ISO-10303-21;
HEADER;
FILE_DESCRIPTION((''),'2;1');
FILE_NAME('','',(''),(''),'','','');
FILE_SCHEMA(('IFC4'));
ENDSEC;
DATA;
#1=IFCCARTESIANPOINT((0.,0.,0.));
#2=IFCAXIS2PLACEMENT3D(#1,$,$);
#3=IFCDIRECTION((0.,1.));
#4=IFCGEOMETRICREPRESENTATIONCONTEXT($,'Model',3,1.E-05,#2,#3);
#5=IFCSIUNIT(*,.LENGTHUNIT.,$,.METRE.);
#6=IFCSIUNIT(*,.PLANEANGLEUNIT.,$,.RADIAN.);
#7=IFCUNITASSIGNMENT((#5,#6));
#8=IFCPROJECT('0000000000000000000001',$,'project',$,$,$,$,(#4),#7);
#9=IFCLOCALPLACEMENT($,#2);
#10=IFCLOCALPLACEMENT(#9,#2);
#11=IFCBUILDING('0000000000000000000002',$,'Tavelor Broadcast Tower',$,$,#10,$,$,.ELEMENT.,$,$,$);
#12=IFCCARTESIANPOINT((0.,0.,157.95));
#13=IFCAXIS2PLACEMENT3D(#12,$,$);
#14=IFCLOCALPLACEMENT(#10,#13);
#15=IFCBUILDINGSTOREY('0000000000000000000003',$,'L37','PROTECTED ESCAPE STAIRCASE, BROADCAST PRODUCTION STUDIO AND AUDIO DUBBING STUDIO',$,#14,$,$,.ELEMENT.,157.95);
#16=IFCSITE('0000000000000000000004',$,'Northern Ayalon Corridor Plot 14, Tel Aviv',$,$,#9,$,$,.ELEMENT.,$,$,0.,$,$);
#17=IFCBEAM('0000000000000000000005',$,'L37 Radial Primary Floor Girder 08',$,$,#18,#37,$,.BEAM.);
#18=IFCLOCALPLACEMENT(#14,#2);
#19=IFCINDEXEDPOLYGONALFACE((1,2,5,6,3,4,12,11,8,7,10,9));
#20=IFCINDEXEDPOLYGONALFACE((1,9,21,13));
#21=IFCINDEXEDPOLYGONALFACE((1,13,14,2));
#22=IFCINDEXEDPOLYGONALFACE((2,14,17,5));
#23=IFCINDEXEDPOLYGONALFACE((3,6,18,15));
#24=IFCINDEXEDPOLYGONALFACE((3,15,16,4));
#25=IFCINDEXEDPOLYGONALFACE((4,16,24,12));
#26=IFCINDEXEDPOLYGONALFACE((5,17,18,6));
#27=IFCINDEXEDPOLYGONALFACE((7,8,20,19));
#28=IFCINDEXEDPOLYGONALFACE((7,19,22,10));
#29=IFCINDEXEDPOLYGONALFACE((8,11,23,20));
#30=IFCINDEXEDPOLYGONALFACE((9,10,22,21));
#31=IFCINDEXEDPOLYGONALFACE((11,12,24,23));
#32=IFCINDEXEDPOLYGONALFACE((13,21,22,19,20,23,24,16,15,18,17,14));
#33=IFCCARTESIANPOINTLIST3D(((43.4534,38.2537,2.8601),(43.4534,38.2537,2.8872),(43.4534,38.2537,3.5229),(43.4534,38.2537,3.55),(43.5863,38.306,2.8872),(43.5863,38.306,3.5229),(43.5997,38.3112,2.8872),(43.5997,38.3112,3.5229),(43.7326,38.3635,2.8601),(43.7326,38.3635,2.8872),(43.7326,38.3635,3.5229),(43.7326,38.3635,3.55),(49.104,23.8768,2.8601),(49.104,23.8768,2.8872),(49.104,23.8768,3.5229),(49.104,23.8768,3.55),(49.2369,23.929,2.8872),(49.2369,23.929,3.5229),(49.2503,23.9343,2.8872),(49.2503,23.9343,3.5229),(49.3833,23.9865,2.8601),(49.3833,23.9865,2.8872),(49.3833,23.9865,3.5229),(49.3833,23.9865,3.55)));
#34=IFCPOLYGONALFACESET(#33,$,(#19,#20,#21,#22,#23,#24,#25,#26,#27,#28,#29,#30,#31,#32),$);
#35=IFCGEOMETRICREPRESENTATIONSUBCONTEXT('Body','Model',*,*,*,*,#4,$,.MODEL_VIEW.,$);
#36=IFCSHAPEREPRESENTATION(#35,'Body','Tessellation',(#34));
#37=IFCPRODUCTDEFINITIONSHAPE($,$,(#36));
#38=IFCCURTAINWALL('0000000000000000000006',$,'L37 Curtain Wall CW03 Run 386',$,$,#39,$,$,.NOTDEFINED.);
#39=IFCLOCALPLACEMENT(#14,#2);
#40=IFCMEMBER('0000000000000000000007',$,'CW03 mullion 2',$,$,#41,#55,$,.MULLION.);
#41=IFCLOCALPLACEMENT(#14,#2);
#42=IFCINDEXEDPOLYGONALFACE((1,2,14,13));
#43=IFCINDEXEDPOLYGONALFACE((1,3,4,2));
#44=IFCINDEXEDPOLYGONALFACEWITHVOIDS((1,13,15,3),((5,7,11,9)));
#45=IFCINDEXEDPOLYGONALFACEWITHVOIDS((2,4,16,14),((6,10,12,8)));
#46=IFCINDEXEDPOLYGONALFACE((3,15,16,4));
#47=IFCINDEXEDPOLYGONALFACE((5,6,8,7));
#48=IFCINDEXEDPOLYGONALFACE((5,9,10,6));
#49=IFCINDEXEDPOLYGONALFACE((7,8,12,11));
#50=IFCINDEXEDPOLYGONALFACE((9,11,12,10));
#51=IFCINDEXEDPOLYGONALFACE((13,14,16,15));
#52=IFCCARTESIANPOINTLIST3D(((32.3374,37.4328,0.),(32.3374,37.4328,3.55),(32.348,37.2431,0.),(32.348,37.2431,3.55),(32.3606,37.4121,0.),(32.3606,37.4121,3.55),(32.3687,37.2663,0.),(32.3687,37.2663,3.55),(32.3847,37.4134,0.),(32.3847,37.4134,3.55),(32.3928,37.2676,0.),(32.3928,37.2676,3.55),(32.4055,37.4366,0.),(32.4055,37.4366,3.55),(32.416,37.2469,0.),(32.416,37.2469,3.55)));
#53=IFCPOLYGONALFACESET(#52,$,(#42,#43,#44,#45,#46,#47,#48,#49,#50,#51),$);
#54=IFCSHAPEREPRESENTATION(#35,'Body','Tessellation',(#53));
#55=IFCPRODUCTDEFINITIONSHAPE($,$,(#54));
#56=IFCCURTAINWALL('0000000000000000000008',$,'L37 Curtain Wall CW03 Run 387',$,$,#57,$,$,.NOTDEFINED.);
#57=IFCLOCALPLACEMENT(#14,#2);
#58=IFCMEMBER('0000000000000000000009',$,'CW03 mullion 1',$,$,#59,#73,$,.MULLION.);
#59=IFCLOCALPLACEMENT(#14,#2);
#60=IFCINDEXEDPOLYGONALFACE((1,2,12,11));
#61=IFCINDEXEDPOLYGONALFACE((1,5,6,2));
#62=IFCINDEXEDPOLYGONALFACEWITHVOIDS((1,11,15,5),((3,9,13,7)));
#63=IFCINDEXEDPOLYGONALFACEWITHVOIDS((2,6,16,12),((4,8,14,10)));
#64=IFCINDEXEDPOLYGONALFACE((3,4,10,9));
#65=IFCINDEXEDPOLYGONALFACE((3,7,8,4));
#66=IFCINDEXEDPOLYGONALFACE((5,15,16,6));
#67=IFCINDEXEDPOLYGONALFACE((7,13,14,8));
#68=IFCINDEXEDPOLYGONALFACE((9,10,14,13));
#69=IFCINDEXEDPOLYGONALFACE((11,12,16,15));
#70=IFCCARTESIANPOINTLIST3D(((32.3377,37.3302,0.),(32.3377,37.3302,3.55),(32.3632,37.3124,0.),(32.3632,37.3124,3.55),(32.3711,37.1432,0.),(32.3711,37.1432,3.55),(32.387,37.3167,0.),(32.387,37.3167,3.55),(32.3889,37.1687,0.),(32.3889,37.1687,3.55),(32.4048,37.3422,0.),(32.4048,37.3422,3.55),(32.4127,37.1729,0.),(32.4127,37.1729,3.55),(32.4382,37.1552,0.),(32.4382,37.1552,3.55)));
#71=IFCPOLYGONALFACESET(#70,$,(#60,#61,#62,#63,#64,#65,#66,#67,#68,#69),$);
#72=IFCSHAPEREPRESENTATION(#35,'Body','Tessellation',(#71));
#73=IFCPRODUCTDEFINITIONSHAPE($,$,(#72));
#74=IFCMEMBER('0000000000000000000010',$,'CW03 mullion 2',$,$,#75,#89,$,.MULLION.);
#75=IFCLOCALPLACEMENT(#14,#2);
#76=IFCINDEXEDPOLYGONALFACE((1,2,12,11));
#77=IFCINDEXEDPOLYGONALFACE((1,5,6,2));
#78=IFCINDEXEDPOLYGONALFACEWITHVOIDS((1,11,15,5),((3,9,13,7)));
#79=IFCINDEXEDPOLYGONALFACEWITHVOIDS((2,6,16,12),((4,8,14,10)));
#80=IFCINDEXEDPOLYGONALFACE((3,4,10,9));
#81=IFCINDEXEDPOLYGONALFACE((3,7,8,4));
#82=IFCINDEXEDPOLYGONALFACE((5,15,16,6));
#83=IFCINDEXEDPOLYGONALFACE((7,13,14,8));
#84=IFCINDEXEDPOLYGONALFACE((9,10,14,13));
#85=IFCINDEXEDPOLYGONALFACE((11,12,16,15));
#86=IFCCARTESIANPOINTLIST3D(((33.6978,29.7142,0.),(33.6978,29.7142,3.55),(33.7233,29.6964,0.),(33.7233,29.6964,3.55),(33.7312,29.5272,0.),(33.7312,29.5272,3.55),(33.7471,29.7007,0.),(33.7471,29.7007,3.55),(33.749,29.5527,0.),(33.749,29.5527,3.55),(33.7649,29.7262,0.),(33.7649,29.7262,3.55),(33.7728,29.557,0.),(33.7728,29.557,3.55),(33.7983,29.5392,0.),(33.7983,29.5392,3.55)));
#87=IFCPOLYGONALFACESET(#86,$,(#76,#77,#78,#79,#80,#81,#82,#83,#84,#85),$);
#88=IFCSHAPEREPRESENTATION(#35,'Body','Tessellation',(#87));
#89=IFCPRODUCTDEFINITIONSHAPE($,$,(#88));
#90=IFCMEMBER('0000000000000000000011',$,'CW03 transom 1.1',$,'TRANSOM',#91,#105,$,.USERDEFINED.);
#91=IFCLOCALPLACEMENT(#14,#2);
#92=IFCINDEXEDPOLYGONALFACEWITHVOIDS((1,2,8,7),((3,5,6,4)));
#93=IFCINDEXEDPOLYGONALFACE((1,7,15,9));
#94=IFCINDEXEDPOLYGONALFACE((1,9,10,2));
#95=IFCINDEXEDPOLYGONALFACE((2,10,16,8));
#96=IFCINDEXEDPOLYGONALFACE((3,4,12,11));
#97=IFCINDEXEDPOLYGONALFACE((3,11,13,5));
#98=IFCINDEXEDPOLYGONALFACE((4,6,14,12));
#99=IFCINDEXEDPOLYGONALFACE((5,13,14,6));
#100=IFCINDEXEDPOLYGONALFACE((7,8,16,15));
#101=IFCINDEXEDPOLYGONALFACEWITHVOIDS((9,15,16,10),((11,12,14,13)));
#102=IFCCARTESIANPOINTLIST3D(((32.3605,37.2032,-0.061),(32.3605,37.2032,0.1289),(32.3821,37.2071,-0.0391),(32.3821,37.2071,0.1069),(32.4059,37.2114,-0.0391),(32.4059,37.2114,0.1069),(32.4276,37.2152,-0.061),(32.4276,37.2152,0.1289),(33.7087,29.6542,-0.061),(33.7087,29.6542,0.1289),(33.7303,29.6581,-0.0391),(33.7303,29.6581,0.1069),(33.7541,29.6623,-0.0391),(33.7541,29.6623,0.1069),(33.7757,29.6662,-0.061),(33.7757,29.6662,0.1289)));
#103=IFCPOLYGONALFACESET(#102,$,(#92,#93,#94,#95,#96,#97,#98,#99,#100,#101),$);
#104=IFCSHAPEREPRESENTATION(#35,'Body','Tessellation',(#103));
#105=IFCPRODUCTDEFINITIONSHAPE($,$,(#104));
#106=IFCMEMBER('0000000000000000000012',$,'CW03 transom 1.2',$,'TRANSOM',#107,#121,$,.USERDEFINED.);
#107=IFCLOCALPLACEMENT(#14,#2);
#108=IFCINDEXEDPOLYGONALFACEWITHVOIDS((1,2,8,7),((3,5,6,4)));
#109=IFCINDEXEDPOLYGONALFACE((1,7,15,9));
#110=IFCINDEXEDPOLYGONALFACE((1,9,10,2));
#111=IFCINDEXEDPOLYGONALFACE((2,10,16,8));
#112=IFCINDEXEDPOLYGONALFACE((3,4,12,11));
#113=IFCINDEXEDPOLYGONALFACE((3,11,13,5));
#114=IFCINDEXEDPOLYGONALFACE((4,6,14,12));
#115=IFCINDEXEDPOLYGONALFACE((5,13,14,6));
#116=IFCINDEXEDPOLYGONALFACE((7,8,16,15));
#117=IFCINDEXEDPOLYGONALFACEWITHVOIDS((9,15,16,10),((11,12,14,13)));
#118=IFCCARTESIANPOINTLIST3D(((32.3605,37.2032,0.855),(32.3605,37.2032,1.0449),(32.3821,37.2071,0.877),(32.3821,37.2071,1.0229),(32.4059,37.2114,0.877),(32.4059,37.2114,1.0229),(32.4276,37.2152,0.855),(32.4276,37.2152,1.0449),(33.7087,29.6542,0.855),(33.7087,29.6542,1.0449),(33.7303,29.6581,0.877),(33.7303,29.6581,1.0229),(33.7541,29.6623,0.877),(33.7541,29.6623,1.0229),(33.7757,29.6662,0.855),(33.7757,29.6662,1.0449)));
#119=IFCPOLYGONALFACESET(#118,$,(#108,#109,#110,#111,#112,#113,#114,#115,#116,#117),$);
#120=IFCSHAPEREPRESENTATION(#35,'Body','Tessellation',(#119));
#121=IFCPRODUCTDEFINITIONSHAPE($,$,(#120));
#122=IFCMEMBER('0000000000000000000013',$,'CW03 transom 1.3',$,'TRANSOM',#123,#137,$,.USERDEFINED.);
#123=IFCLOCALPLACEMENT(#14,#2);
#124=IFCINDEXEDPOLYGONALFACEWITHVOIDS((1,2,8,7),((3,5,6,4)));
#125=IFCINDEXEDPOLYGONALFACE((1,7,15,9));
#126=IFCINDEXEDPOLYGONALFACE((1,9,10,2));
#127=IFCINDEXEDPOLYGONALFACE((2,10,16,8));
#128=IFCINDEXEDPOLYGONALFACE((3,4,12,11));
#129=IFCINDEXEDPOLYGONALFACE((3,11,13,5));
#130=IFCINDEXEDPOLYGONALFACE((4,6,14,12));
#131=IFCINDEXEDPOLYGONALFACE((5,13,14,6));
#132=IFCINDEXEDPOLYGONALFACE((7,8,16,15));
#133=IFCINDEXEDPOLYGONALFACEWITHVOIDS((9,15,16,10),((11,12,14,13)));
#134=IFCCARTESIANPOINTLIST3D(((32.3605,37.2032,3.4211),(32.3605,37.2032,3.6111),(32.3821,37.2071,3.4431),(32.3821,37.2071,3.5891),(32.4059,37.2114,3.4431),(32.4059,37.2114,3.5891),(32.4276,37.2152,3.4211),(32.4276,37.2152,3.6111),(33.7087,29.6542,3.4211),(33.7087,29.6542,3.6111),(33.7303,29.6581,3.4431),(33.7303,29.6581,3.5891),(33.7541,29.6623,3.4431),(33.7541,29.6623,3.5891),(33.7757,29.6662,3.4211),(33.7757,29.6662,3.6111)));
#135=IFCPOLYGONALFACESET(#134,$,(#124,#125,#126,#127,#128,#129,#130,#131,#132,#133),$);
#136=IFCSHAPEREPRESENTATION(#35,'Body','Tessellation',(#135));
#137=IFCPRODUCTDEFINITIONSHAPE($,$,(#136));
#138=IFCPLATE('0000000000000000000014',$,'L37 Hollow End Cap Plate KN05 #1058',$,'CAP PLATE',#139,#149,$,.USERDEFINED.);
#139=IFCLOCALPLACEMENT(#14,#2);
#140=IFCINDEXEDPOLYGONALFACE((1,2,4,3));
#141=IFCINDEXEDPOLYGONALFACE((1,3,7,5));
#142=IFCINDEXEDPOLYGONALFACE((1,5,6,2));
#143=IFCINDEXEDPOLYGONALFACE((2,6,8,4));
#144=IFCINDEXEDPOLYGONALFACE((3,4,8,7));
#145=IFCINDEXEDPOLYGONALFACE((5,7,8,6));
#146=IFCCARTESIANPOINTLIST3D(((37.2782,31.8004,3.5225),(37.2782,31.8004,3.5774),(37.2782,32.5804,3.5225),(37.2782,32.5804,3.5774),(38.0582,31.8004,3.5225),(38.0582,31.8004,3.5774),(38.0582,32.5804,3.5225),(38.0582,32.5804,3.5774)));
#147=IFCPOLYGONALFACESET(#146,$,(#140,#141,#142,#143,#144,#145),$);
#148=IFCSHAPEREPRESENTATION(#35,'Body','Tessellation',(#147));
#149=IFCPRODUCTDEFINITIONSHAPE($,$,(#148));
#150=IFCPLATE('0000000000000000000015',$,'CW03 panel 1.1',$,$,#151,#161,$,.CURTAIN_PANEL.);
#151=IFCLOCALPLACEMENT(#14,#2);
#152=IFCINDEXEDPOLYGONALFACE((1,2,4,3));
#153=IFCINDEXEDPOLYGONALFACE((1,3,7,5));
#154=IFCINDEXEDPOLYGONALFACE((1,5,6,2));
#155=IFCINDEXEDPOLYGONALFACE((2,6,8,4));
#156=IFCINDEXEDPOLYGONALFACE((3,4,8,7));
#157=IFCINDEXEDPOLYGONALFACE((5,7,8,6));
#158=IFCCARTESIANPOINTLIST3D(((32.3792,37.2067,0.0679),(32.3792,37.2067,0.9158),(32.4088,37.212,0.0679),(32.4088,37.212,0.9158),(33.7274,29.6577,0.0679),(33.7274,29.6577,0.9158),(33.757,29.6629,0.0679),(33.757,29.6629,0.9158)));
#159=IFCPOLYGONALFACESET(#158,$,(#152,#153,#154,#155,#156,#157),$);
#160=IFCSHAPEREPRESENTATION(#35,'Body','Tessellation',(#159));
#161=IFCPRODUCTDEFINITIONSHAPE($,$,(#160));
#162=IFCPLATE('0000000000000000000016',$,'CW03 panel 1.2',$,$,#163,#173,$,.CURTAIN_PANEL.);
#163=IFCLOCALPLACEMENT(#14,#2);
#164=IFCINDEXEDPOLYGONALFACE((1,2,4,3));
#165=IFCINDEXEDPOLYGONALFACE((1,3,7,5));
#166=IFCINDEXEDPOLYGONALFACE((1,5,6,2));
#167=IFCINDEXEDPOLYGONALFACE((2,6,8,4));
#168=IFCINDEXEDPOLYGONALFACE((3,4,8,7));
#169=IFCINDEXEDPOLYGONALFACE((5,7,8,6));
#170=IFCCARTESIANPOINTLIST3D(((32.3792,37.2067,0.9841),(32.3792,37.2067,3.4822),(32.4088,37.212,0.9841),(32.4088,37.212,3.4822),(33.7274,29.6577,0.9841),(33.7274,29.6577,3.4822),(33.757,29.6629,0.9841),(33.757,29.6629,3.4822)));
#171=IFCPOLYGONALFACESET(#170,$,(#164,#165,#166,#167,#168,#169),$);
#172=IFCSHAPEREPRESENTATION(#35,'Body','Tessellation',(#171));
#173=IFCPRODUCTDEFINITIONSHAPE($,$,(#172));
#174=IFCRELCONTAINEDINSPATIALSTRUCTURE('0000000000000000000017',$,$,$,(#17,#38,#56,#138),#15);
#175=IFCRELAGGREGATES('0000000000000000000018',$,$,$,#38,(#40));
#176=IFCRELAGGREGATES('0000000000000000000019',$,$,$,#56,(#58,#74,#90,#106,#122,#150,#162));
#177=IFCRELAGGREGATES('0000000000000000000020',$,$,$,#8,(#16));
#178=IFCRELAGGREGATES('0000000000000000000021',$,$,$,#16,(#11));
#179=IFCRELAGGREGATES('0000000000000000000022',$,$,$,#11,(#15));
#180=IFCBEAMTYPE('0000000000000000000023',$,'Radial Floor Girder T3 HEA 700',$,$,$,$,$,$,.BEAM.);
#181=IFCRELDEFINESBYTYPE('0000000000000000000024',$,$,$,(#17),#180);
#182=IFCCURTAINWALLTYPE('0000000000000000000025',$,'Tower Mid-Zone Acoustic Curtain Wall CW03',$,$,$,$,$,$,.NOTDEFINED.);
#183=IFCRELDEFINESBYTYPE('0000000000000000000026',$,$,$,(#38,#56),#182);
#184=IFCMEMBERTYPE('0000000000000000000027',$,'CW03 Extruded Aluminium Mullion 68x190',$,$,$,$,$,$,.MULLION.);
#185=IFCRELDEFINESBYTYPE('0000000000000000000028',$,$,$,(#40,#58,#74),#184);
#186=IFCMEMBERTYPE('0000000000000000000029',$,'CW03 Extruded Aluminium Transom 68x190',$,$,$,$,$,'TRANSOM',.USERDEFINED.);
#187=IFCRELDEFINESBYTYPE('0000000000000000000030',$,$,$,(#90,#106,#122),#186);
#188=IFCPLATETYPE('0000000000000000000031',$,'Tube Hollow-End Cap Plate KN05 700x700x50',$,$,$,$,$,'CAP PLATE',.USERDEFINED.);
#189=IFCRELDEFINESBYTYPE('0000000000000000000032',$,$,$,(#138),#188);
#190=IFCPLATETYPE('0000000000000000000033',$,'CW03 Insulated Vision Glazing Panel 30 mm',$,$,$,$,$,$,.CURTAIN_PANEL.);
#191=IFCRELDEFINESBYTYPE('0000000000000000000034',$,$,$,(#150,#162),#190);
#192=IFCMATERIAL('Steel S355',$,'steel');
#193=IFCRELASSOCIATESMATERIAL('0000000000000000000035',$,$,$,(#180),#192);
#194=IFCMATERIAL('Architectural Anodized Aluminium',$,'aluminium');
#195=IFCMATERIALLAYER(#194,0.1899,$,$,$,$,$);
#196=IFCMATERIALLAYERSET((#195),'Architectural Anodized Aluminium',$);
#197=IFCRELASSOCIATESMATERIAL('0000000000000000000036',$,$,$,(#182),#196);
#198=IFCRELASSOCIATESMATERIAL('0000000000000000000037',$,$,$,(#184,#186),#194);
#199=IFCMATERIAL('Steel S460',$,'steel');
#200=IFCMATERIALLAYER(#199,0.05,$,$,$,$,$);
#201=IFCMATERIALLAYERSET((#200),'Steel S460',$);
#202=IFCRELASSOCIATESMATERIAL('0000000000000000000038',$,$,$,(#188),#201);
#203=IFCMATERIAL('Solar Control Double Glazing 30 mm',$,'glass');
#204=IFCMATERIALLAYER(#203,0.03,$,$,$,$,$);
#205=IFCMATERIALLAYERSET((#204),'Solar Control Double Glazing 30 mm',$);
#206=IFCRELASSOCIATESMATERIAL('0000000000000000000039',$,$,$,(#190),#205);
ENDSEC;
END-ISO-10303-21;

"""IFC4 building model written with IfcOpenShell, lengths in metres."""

from ifc_helpers import new_model, si_unit, direction, frame, origin, origin_2d, place, context, subcontext, project, spatial, rectangle, hollow_rectangle, i_section, extrude, source, transform, mapped, material, layer, layer_set, material_profile, profile_set, type_object, type_shapes, element, aggregate, save


model = new_model("IFC4")

# Units and contexts
model_context = context("Model", 3, precision=1e-05, world=origin(), true_north=direction((0.0, 1.0)))
body_context = subcontext(model_context, "Body", "Model", "MODEL_VIEW")
ifc_project = project(units=[si_unit("LENGTHUNIT", "METRE"), si_unit("PLANEANGLEUNIT", "RADIAN")], contexts=[model_context])

# Site, building, storey
site_placement = place(None, origin())
site = spatial("IfcSite", under=ifc_project, at=site_placement, Name="Northern Ayalon Corridor Plot 14, Tel Aviv", CompositionType="ELEMENT", RefElevation=0.0)
building_placement = place(site_placement, origin())
building = spatial("IfcBuilding", under=site, at=building_placement, Name="Tavelor Broadcast Tower", CompositionType="ELEMENT")
storey_placement = place(building_placement, frame((0.0, 0.0, 157.95)))
storey = spatial("IfcBuildingStorey", under=building, at=storey_placement, Name="L37", Description="PROTECTED ESCAPE STAIRCASE, BROADCAST PRODUCTION STUDIO AND AUDIO DUBBING STUDIO", CompositionType="ELEMENT", Elevation=157.95)

# Shared definitions
ifc_material_1 = material(Name="Steel S460", Category="steel")

# Beam
ifc_material_2 = material(Name="Steel S355", Category="steel")
ifc_material_profile_1 = material_profile(ifc_material_2, i_section(OverallWidth=0.3, OverallDepth=0.6899, WebThickness=0.0144, FlangeThickness=0.0271, at=origin_2d()), Name="HEA 700")
ifc_profile_set_1 = profile_set([ifc_material_profile_1], Name="Steel S355")
beam_type_1 = type_object("IfcBeamType", Name="Radial Floor Girder T3 HEA 700", PredefinedType="BEAM", material=ifc_profile_set_1)
beam_1_placement = place(storey_placement, frame((43.593, 38.3086, 3.2051), z_axis=(0.365795, -0.930695, 0.0), x_axis=(0.930695, 0.365795, 0.0)))
element("IfcBeam", 1, at=beam_1_placement, inside=storey, type_object=beam_type_1, Name="L37 Radial Primary Floor Girder 08", PredefinedType="BEAM", context=body_context, shape_type="SweptSolid", body=[
    extrude(i_section(OverallWidth=0.3, OverallDepth=0.6899, WebThickness=0.0144, FlangeThickness=0.0271, at=origin_2d()), origin(), (0.0, 0.0, 1.0), 15.4475),
])

# Curtain wall, member
ifc_material_3 = material(Name="Architectural Anodized Aluminium", Category="aluminium")
ifc_layer_1 = layer(ifc_material_3, 0.1899)
ifc_layer_set_1 = layer_set([ifc_layer_1], Name="Architectural Anodized Aluminium")
curtain_wall_type = type_object("IfcCurtainWallType", Name="Tower Mid-Zone Acoustic Curtain Wall CW03", PredefinedType="NOTDEFINED", material=ifc_layer_set_1)
curtain_wall_1_placement = place(storey_placement, origin())
curtain_wall_1 = element("IfcCurtainWall", 2, at=curtain_wall_1_placement, inside=storey, type_object=curtain_wall_type, Name="L37 Curtain Wall CW03 Run 386", PredefinedType="NOTDEFINED")
ifc_material_profile_2 = material_profile(ifc_material_3, hollow_rectangle(XDim=0.0681, YDim=0.1899, WallThickness=0.022, at=origin_2d()), Name="RHS 68x190x22")
ifc_profile_set_2 = profile_set([ifc_material_profile_2], Name="Architectural Anodized Aluminium")
member_type_1 = type_object("IfcMemberType", Name="CW03 Extruded Aluminium Mullion 68x190", PredefinedType="MULLION", material=ifc_profile_set_2)
shared_shape_1 = source(origin(), body_context, "Body", "SweptSolid", [
    extrude(hollow_rectangle(XDim=0.0681, YDim=0.1899, WallThickness=0.022, at=origin_2d()), origin(), (0.0, 0.0, 1.0), 3.55),
])
type_shapes(member_type_1, [shared_shape_1])
member_1_placement = place(storey_placement, frame((32.3767, 37.3398, 0.0), z_axis=(0.0, 0.0, 1.0), x_axis=(0.998465, 0.055391, 0.0)))
member_1 = element("IfcMember", 3, at=member_1_placement, type_object=member_type_1, Name="CW03 mullion 2", PredefinedType="MULLION", context=body_context, shape_type="MappedRepresentation", body=[
    mapped(shared_shape_1, transform((0.0, 0.0, 0.0), scale=1.0)),
])
aggregate(curtain_wall_1, [member_1])

# Curtain wall, members
curtain_wall_2_placement = place(storey_placement, origin())
curtain_wall_2 = element("IfcCurtainWall", 4, at=curtain_wall_2_placement, inside=storey, type_object=curtain_wall_type, Name="L37 Curtain Wall CW03 Run 387", PredefinedType="NOTDEFINED")
member_2_placement = place(storey_placement, frame((32.3879, 37.2427, 0.0), z_axis=(0.0, 0.0, 1.0), x_axis=(0.984425, 0.175807, 0.0)))
member_2 = element("IfcMember", 5, at=member_2_placement, type_object=member_type_1, Name="CW03 mullion 1", PredefinedType="MULLION", context=body_context, shape_type="MappedRepresentation", body=[
    mapped(shared_shape_1, transform((0.0, 0.0, 0.0), scale=1.0)),
])
member_3_placement = place(storey_placement, frame((33.748, 29.6267, 0.0), z_axis=(0.0, 0.0, 1.0), x_axis=(0.984425, 0.175807, 0.0)))
member_3 = element("IfcMember", 6, at=member_3_placement, type_object=member_type_1, Name="CW03 mullion 2", PredefinedType="MULLION", context=body_context, shape_type="MappedRepresentation", body=[
    mapped(shared_shape_1, transform((0.0, 0.0, 0.0), scale=1.0)),
])
ifc_material_profile_3 = material_profile(ifc_material_3, hollow_rectangle(XDim=0.0681, YDim=0.1899, WallThickness=0.022, at=origin_2d()), Name="RHS 68x190x22")
ifc_profile_set_3 = profile_set([ifc_material_profile_3], Name="Architectural Anodized Aluminium")
member_type_2 = type_object("IfcMemberType", Name="CW03 Extruded Aluminium Transom 68x190", ElementType="TRANSOM", PredefinedType="USERDEFINED", material=ifc_profile_set_3)
shared_shape_2 = source(origin(), body_context, "Body", "SweptSolid", [
    extrude(hollow_rectangle(XDim=0.0681, YDim=0.1899, WallThickness=0.022, at=origin_2d()), origin(), (0.0, 0.0, 1.0), 7.6685),
])
type_shapes(member_type_2, [shared_shape_2])
member_4_placement = place(storey_placement, frame((32.394, 37.2092, 0.0339), z_axis=(0.175803, -0.984425, 0.0), x_axis=(0.984425, 0.175803, 0.0)))
member_4 = element("IfcMember", 7, at=member_4_placement, type_object=member_type_2, Name="CW03 transom 1.1", ObjectType="TRANSOM", PredefinedType="USERDEFINED", context=body_context, shape_type="MappedRepresentation", body=[
    mapped(shared_shape_2, transform((0.0, 0.0, 0.0), scale=1.0)),
])
member_5_placement = place(storey_placement, frame((32.394, 37.2092, 0.95), z_axis=(0.175803, -0.984425, 0.0), x_axis=(0.984425, 0.175803, 0.0)))
member_5 = element("IfcMember", 8, at=member_5_placement, type_object=member_type_2, Name="CW03 transom 1.2", ObjectType="TRANSOM", PredefinedType="USERDEFINED", context=body_context, shape_type="MappedRepresentation", body=[
    mapped(shared_shape_2, transform((0.0, 0.0, 0.0), scale=1.0)),
])
member_6_placement = place(storey_placement, frame((32.394, 37.2092, 3.5161), z_axis=(0.175803, -0.984425, 0.0), x_axis=(0.984425, 0.175803, 0.0)))
member_6 = element("IfcMember", 9, at=member_6_placement, type_object=member_type_2, Name="CW03 transom 1.3", ObjectType="TRANSOM", PredefinedType="USERDEFINED", context=body_context, shape_type="MappedRepresentation", body=[
    mapped(shared_shape_2, transform((0.0, 0.0, 0.0), scale=1.0)),
])

# Plates
ifc_layer_2 = layer(ifc_material_1, 0.05)
ifc_layer_set_2 = layer_set([ifc_layer_2], Name="Steel S460")
plate_type_1 = type_object("IfcPlateType", Name="Tube Hollow-End Cap Plate KN05 700x700x50", ElementType="CAP PLATE", PredefinedType="USERDEFINED", material=ifc_layer_set_2)
shared_shape_3 = source(origin(), body_context, "Body", "SweptSolid", [
    extrude(rectangle(XDim=0.78, YDim=0.78, at=origin_2d()), origin(), (0.0, 0.0, 1.0), 0.0549),
])
type_shapes(plate_type_1, [shared_shape_3])
plate_1_placement = place(storey_placement, frame((37.6682, 32.1904, 3.5225), z_axis=(0.0, 0.0, 1.0), x_axis=(1.0, 0.0, 0.0)))
element("IfcPlate", 10, at=plate_1_placement, inside=storey, type_object=plate_type_1, Name="L37 Hollow End Cap Plate KN05 #1058", ObjectType="CAP PLATE", PredefinedType="USERDEFINED", context=body_context, shape_type="MappedRepresentation", body=[
    mapped(shared_shape_3, transform((0.0, 0.0, 0.0), scale=1.0)),
])
ifc_material_4 = material(Name="Solar Control Double Glazing 30 mm", Category="glass")
ifc_layer_3 = layer(ifc_material_4, 0.03)
ifc_layer_set_3 = layer_set([ifc_layer_3], Name="Solar Control Double Glazing 30 mm")
plate_type_2 = type_object("IfcPlateType", Name="CW03 Insulated Vision Glazing Panel 30 mm", PredefinedType="CURTAIN_PANEL", material=ifc_layer_set_3)
shared_shape_4 = source(origin(), body_context, "Body", "SweptSolid", [
    extrude(rectangle(XDim=7.6685, YDim=0.03, at=origin_2d()), origin(), (0.0, 0.0, 1.0), 0.8479),
])
plate_2_placement = place(storey_placement, frame((33.0681, 33.4348, 0.0679), z_axis=(0.0, 0.0, 1.0), x_axis=(0.175807, -0.984425, 0.0)))
plate_2 = element("IfcPlate", 11, at=plate_2_placement, type_object=plate_type_2, Name="CW03 panel 1.1", PredefinedType="CURTAIN_PANEL", context=body_context, shape_type="MappedRepresentation", body=[
    mapped(shared_shape_4, transform((0.0, 0.0, 0.0), scale=1.0)),
])
shared_shape_5 = source(origin(), body_context, "Body", "SweptSolid", [
    extrude(rectangle(XDim=7.6685, YDim=0.03, at=origin_2d()), origin(), (0.0, 0.0, 1.0), 2.498),
])
type_shapes(plate_type_2, [shared_shape_4, shared_shape_5])
plate_3_placement = place(storey_placement, frame((33.0681, 33.4348, 0.9841), z_axis=(0.0, 0.0, 1.0), x_axis=(0.175807, -0.984425, 0.0)))
plate_3 = element("IfcPlate", 12, at=plate_3_placement, type_object=plate_type_2, Name="CW03 panel 1.2", PredefinedType="CURTAIN_PANEL", context=body_context, shape_type="MappedRepresentation", body=[
    mapped(shared_shape_5, transform((0.0, 0.0, 0.0), scale=1.0)),
])
aggregate(curtain_wall_2, [member_2, member_3, member_4, member_5, member_6, plate_2, plate_3])

save(model, "model.ifc")
